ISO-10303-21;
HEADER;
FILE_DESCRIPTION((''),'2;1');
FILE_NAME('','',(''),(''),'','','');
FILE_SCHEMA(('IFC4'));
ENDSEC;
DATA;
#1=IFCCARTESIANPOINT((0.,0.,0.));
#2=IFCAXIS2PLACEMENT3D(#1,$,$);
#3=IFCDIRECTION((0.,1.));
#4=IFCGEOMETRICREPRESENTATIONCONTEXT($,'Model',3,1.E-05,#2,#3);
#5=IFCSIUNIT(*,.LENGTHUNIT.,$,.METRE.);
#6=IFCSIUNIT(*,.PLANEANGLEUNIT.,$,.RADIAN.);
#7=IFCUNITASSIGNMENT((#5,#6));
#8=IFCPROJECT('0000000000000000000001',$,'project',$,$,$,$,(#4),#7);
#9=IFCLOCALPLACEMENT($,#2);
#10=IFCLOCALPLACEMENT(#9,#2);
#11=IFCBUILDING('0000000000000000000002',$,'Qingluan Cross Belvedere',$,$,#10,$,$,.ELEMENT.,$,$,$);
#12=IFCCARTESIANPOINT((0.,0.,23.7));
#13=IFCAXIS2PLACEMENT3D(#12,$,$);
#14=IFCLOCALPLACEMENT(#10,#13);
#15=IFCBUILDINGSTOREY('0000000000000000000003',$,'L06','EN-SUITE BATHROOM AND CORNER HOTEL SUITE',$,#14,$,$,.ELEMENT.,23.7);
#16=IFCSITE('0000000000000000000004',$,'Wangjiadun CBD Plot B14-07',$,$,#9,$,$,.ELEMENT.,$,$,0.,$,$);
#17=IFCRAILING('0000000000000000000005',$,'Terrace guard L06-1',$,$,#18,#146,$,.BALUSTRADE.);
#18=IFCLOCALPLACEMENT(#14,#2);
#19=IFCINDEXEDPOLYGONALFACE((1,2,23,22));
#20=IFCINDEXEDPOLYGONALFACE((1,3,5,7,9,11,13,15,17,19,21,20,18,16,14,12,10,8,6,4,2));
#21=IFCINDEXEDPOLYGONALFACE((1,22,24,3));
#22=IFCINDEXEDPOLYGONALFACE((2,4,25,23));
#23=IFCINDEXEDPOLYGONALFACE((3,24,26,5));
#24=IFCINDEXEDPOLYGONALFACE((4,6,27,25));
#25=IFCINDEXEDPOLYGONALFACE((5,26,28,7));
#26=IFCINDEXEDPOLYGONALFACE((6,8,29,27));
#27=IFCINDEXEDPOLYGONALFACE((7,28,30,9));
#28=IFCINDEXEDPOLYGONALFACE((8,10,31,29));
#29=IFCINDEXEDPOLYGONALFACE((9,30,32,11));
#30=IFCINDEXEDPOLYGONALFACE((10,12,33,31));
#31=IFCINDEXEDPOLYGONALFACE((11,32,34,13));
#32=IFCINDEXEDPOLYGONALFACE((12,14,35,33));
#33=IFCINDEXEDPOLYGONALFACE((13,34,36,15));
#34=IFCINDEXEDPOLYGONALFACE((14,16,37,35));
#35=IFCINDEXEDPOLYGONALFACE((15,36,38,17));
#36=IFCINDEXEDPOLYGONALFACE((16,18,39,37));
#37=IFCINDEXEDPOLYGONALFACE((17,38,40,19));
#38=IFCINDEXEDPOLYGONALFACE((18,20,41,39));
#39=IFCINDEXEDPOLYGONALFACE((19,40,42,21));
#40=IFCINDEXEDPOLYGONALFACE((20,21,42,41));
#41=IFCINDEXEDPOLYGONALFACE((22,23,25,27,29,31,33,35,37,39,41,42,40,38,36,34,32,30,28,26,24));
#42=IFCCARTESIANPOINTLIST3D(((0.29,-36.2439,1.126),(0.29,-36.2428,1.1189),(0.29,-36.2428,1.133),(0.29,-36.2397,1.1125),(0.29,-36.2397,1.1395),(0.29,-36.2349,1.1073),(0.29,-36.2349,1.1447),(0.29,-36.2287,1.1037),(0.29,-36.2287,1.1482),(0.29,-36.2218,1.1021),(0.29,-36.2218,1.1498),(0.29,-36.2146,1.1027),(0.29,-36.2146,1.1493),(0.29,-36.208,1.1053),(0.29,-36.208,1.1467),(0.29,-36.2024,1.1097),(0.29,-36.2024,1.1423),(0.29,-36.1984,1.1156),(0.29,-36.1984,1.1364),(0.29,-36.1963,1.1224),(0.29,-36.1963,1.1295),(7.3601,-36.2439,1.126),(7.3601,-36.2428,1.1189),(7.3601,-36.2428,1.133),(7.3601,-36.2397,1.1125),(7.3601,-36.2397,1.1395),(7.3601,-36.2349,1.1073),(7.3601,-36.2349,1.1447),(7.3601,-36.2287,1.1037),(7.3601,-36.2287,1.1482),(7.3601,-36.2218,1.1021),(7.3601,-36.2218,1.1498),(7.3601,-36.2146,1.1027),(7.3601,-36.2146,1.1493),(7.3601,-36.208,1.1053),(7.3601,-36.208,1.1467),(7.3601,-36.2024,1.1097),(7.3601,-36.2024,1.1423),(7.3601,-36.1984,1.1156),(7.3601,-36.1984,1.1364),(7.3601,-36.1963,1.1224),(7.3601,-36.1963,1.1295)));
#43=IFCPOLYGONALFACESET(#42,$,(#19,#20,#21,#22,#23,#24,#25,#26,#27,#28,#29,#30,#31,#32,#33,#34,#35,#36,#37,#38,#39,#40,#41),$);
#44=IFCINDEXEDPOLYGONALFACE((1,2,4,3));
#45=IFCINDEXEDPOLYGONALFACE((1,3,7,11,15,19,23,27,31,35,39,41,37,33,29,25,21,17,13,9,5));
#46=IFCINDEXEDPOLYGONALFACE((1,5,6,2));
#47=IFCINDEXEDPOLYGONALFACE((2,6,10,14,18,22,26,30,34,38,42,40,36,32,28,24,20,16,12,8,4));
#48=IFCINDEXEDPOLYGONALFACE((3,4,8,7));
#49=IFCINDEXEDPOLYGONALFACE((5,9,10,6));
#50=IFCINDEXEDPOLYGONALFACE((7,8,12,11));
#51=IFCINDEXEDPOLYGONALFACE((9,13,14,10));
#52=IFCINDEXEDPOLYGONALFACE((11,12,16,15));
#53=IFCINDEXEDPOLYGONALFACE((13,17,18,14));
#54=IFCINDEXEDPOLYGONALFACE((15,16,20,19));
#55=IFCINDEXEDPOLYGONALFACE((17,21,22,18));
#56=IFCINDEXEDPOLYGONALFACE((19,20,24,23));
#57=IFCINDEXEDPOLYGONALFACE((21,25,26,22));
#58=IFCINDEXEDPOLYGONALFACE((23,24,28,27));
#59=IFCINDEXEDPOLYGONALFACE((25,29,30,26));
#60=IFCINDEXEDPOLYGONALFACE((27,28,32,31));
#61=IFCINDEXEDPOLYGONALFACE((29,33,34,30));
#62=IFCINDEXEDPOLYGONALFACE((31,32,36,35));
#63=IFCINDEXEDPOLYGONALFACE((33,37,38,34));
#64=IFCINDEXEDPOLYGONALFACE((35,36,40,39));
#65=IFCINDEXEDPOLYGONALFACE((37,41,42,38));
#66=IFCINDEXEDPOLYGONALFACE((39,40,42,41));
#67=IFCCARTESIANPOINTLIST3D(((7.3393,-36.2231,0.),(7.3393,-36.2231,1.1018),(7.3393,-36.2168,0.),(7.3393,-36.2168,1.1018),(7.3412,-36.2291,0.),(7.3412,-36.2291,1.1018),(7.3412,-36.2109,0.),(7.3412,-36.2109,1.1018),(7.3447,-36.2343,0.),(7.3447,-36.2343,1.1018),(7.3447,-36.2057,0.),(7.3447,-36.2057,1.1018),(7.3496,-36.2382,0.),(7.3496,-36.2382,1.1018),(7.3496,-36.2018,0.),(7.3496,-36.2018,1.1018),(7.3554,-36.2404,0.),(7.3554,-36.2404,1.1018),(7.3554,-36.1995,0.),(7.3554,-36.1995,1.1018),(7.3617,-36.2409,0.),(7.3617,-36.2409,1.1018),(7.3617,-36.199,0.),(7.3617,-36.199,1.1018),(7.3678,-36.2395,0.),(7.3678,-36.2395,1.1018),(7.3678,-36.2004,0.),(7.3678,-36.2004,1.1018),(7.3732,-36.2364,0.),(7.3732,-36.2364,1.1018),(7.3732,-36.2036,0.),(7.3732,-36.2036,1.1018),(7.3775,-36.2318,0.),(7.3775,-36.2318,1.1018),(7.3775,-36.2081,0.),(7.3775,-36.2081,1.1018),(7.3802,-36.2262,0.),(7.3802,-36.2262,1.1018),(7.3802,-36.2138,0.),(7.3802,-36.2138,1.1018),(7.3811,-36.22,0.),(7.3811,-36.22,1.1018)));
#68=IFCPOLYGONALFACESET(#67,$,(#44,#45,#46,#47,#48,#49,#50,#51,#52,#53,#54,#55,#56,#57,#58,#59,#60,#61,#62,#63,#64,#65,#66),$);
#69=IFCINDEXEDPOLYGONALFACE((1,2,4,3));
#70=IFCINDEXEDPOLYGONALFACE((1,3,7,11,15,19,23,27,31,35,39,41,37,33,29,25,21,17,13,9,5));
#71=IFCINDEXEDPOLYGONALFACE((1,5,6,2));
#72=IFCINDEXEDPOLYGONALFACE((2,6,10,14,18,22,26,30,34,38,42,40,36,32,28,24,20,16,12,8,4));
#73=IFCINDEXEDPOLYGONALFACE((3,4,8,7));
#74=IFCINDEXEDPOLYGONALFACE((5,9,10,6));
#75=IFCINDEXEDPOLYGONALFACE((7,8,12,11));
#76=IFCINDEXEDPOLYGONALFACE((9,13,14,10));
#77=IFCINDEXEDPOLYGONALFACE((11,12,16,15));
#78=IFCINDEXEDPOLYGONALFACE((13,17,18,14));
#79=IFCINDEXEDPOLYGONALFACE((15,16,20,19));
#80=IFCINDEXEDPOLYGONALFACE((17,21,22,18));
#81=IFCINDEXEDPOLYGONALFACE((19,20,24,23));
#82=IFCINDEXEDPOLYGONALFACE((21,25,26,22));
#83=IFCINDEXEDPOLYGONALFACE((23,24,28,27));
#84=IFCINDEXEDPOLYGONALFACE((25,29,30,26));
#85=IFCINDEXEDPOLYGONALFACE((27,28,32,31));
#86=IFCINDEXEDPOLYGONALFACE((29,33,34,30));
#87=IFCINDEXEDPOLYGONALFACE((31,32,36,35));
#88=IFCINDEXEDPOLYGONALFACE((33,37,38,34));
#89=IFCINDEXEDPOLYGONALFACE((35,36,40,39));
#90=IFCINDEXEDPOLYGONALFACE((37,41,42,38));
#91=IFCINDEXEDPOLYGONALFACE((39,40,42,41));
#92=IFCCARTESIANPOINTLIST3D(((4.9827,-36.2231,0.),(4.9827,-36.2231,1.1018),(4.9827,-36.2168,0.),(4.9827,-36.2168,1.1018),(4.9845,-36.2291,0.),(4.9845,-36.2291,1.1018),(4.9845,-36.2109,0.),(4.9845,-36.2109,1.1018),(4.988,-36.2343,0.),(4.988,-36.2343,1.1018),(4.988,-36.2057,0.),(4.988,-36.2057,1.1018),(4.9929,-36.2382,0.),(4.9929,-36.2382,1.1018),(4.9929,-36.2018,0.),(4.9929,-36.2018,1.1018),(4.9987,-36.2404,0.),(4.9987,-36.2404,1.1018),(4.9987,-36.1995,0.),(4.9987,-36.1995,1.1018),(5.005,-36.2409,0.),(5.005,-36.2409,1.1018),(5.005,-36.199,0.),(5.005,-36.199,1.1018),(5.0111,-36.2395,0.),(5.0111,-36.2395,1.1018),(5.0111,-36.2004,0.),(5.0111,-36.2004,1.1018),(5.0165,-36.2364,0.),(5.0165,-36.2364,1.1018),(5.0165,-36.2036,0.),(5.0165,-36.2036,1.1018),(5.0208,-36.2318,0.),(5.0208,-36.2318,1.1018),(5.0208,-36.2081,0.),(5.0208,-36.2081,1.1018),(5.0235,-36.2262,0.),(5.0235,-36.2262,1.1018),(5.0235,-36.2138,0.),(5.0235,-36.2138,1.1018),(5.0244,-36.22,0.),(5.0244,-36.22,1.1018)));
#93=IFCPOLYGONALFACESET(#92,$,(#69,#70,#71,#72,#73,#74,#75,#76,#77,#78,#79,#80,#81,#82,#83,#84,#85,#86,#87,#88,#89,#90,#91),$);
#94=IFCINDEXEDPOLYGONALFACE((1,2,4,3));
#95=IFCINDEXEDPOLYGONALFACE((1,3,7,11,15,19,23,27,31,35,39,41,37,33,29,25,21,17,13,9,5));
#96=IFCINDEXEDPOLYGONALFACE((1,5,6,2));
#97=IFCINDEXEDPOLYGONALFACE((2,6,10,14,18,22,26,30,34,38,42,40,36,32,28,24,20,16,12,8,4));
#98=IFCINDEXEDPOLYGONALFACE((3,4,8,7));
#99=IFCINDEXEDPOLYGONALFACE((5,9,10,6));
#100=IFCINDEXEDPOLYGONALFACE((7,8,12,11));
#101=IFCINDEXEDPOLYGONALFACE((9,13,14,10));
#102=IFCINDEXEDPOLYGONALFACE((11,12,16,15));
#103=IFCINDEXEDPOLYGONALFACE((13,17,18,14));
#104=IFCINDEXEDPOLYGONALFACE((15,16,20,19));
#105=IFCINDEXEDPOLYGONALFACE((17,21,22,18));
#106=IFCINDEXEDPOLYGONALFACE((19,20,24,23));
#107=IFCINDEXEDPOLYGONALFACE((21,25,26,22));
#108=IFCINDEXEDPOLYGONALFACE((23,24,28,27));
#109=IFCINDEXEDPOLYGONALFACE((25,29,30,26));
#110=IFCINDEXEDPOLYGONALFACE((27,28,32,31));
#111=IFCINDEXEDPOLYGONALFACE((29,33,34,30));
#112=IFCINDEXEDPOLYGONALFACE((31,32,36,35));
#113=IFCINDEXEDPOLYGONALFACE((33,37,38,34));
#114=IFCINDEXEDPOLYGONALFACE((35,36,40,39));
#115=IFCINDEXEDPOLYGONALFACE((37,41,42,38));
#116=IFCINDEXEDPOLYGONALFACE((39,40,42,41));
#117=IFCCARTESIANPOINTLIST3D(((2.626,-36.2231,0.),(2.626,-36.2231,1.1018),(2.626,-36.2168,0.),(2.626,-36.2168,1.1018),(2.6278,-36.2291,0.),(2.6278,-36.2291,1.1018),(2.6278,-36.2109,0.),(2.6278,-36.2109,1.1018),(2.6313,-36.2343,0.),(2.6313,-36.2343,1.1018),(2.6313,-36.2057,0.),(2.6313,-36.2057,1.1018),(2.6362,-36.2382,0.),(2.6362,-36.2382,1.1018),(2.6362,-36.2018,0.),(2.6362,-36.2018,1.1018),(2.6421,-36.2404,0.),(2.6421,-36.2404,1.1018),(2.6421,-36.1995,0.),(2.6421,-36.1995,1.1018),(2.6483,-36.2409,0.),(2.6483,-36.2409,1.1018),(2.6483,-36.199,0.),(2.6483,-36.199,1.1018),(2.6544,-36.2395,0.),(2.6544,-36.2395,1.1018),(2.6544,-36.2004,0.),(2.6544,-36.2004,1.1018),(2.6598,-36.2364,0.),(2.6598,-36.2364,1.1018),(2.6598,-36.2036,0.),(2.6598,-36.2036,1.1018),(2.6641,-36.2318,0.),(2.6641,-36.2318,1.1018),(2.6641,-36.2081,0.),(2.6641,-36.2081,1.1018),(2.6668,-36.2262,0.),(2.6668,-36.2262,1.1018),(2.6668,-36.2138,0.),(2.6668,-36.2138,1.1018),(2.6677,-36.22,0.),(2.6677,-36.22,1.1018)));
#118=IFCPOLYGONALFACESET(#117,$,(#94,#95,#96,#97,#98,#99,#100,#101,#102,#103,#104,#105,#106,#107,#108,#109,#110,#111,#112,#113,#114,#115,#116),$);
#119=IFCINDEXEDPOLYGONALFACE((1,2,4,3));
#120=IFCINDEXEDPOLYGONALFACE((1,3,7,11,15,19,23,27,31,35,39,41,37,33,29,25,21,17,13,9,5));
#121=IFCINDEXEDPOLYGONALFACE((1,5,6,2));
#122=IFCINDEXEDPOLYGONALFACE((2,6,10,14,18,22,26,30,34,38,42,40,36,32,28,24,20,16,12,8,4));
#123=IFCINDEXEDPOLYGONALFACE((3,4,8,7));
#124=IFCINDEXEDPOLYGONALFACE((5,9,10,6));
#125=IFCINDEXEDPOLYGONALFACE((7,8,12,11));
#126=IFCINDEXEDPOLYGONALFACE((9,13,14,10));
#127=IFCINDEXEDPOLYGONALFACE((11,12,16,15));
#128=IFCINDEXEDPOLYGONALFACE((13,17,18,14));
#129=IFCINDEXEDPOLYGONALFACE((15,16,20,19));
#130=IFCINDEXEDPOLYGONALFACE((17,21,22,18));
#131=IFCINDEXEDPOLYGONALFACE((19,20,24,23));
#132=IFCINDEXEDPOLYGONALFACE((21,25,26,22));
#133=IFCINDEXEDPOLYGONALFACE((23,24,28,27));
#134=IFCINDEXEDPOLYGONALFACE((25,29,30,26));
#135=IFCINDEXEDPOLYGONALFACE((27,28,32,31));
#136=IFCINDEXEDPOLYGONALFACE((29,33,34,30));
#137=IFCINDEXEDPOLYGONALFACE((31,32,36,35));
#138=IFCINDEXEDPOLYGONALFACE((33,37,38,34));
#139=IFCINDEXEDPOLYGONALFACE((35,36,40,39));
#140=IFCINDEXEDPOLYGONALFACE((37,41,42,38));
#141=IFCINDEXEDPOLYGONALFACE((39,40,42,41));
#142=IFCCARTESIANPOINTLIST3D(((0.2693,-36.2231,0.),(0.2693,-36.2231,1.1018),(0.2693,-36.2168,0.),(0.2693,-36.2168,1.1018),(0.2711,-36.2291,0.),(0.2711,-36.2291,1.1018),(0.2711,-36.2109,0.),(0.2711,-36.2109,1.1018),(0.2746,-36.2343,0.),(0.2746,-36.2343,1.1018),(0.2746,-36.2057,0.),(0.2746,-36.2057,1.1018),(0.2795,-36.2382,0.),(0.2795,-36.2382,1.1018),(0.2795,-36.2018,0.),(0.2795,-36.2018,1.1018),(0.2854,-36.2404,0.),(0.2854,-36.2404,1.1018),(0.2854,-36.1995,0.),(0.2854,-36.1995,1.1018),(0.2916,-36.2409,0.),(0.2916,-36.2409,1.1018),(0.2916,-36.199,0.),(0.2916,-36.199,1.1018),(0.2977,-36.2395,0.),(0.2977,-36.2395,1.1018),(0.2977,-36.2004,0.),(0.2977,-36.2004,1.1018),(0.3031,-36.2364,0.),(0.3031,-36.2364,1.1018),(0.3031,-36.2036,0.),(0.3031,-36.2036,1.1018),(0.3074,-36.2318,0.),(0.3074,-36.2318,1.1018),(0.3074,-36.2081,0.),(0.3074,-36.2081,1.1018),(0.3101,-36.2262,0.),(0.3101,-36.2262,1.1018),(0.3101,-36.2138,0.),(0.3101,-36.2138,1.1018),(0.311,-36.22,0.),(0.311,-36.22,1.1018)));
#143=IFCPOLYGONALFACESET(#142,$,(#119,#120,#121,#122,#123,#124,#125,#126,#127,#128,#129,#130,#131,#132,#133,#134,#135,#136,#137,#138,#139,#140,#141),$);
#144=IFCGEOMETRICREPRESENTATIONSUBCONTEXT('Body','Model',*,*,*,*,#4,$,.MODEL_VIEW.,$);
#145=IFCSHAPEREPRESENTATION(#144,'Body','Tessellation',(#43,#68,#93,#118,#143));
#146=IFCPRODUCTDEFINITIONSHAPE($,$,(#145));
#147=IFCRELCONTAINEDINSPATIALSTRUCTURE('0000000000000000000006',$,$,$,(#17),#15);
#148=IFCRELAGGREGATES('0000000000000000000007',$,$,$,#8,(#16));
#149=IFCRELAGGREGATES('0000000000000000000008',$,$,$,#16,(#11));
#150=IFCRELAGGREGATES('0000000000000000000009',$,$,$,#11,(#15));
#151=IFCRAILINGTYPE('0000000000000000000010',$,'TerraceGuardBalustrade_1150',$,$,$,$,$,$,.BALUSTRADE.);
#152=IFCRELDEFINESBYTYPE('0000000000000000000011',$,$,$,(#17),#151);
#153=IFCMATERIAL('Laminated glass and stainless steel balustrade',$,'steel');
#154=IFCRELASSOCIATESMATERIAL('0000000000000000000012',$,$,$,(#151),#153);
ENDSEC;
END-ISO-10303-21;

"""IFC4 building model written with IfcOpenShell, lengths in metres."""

from ifc_helpers import new_model, si_unit, direction, frame, origin, origin_2d, place, context, subcontext, project, spatial, circle, extrude, material, type_object, element, save


model = new_model("IFC4")

# Units and contexts
model_context = context("Model", 3, precision=1e-05, world=origin(), true_north=direction((0.0, 1.0)))
body_context = subcontext(model_context, "Body", "Model", "MODEL_VIEW")
ifc_project = project(units=[si_unit("LENGTHUNIT", "METRE"), si_unit("PLANEANGLEUNIT", "RADIAN")], contexts=[model_context])

# Site, building, storey
site_placement = place(None, origin())
site = spatial("IfcSite", under=ifc_project, at=site_placement, Name="Wangjiadun CBD Plot B14-07", CompositionType="ELEMENT", RefElevation=0.0)
building_placement = place(site_placement, origin())
building = spatial("IfcBuilding", under=site, at=building_placement, Name="Qingluan Cross Belvedere", CompositionType="ELEMENT")
storey_placement = place(building_placement, frame((0.0, 0.0, 23.7)))
storey = spatial("IfcBuildingStorey", under=building, at=storey_placement, Name="L06", Description="EN-SUITE BATHROOM AND CORNER HOTEL SUITE", CompositionType="ELEMENT", Elevation=23.7)

# Railing
ifc_material_1 = material(Name="Laminated glass and stainless steel balustrade", Category="steel")
railing_type = type_object("IfcRailingType", Name="TerraceGuardBalustrade_1150", PredefinedType="BALUSTRADE", material=ifc_material_1)
railing_1_placement = place(storey_placement, frame((7.3601, -36.22, 0.0)))
element("IfcRailing", 1, at=railing_1_placement, inside=storey, type_object=railing_type, Name="Terrace guard L06-1", PredefinedType="BALUSTRADE", context=body_context, shape_type="SweptSolid", body=[
    extrude(circle(Radius=0.0239, at=origin_2d()), frame((0.0, 0.0, 1.126), z_axis=(-1.0, 0.0, 0.0), x_axis=(0.0, -1.0, 0.0)), (0.0, 0.0, 1.0), 7.0701),
    extrude(circle(Radius=0.021, at=origin_2d()), origin(), (0.0, 0.0, 1.0), 1.1018),
    extrude(circle(Radius=0.021, at=origin_2d()), frame((-2.3567, 0.0, 0.0)), (0.0, 0.0, 1.0), 1.1018),
    extrude(circle(Radius=0.021, at=origin_2d()), frame((-4.7134, 0.0, 0.0)), (0.0, 0.0, 1.0), 1.1018),
    extrude(circle(Radius=0.021, at=origin_2d()), frame((-7.0701, 0.0, 0.0)), (0.0, 0.0, 1.0), 1.1018),
])

save(model, "model.ifc")
